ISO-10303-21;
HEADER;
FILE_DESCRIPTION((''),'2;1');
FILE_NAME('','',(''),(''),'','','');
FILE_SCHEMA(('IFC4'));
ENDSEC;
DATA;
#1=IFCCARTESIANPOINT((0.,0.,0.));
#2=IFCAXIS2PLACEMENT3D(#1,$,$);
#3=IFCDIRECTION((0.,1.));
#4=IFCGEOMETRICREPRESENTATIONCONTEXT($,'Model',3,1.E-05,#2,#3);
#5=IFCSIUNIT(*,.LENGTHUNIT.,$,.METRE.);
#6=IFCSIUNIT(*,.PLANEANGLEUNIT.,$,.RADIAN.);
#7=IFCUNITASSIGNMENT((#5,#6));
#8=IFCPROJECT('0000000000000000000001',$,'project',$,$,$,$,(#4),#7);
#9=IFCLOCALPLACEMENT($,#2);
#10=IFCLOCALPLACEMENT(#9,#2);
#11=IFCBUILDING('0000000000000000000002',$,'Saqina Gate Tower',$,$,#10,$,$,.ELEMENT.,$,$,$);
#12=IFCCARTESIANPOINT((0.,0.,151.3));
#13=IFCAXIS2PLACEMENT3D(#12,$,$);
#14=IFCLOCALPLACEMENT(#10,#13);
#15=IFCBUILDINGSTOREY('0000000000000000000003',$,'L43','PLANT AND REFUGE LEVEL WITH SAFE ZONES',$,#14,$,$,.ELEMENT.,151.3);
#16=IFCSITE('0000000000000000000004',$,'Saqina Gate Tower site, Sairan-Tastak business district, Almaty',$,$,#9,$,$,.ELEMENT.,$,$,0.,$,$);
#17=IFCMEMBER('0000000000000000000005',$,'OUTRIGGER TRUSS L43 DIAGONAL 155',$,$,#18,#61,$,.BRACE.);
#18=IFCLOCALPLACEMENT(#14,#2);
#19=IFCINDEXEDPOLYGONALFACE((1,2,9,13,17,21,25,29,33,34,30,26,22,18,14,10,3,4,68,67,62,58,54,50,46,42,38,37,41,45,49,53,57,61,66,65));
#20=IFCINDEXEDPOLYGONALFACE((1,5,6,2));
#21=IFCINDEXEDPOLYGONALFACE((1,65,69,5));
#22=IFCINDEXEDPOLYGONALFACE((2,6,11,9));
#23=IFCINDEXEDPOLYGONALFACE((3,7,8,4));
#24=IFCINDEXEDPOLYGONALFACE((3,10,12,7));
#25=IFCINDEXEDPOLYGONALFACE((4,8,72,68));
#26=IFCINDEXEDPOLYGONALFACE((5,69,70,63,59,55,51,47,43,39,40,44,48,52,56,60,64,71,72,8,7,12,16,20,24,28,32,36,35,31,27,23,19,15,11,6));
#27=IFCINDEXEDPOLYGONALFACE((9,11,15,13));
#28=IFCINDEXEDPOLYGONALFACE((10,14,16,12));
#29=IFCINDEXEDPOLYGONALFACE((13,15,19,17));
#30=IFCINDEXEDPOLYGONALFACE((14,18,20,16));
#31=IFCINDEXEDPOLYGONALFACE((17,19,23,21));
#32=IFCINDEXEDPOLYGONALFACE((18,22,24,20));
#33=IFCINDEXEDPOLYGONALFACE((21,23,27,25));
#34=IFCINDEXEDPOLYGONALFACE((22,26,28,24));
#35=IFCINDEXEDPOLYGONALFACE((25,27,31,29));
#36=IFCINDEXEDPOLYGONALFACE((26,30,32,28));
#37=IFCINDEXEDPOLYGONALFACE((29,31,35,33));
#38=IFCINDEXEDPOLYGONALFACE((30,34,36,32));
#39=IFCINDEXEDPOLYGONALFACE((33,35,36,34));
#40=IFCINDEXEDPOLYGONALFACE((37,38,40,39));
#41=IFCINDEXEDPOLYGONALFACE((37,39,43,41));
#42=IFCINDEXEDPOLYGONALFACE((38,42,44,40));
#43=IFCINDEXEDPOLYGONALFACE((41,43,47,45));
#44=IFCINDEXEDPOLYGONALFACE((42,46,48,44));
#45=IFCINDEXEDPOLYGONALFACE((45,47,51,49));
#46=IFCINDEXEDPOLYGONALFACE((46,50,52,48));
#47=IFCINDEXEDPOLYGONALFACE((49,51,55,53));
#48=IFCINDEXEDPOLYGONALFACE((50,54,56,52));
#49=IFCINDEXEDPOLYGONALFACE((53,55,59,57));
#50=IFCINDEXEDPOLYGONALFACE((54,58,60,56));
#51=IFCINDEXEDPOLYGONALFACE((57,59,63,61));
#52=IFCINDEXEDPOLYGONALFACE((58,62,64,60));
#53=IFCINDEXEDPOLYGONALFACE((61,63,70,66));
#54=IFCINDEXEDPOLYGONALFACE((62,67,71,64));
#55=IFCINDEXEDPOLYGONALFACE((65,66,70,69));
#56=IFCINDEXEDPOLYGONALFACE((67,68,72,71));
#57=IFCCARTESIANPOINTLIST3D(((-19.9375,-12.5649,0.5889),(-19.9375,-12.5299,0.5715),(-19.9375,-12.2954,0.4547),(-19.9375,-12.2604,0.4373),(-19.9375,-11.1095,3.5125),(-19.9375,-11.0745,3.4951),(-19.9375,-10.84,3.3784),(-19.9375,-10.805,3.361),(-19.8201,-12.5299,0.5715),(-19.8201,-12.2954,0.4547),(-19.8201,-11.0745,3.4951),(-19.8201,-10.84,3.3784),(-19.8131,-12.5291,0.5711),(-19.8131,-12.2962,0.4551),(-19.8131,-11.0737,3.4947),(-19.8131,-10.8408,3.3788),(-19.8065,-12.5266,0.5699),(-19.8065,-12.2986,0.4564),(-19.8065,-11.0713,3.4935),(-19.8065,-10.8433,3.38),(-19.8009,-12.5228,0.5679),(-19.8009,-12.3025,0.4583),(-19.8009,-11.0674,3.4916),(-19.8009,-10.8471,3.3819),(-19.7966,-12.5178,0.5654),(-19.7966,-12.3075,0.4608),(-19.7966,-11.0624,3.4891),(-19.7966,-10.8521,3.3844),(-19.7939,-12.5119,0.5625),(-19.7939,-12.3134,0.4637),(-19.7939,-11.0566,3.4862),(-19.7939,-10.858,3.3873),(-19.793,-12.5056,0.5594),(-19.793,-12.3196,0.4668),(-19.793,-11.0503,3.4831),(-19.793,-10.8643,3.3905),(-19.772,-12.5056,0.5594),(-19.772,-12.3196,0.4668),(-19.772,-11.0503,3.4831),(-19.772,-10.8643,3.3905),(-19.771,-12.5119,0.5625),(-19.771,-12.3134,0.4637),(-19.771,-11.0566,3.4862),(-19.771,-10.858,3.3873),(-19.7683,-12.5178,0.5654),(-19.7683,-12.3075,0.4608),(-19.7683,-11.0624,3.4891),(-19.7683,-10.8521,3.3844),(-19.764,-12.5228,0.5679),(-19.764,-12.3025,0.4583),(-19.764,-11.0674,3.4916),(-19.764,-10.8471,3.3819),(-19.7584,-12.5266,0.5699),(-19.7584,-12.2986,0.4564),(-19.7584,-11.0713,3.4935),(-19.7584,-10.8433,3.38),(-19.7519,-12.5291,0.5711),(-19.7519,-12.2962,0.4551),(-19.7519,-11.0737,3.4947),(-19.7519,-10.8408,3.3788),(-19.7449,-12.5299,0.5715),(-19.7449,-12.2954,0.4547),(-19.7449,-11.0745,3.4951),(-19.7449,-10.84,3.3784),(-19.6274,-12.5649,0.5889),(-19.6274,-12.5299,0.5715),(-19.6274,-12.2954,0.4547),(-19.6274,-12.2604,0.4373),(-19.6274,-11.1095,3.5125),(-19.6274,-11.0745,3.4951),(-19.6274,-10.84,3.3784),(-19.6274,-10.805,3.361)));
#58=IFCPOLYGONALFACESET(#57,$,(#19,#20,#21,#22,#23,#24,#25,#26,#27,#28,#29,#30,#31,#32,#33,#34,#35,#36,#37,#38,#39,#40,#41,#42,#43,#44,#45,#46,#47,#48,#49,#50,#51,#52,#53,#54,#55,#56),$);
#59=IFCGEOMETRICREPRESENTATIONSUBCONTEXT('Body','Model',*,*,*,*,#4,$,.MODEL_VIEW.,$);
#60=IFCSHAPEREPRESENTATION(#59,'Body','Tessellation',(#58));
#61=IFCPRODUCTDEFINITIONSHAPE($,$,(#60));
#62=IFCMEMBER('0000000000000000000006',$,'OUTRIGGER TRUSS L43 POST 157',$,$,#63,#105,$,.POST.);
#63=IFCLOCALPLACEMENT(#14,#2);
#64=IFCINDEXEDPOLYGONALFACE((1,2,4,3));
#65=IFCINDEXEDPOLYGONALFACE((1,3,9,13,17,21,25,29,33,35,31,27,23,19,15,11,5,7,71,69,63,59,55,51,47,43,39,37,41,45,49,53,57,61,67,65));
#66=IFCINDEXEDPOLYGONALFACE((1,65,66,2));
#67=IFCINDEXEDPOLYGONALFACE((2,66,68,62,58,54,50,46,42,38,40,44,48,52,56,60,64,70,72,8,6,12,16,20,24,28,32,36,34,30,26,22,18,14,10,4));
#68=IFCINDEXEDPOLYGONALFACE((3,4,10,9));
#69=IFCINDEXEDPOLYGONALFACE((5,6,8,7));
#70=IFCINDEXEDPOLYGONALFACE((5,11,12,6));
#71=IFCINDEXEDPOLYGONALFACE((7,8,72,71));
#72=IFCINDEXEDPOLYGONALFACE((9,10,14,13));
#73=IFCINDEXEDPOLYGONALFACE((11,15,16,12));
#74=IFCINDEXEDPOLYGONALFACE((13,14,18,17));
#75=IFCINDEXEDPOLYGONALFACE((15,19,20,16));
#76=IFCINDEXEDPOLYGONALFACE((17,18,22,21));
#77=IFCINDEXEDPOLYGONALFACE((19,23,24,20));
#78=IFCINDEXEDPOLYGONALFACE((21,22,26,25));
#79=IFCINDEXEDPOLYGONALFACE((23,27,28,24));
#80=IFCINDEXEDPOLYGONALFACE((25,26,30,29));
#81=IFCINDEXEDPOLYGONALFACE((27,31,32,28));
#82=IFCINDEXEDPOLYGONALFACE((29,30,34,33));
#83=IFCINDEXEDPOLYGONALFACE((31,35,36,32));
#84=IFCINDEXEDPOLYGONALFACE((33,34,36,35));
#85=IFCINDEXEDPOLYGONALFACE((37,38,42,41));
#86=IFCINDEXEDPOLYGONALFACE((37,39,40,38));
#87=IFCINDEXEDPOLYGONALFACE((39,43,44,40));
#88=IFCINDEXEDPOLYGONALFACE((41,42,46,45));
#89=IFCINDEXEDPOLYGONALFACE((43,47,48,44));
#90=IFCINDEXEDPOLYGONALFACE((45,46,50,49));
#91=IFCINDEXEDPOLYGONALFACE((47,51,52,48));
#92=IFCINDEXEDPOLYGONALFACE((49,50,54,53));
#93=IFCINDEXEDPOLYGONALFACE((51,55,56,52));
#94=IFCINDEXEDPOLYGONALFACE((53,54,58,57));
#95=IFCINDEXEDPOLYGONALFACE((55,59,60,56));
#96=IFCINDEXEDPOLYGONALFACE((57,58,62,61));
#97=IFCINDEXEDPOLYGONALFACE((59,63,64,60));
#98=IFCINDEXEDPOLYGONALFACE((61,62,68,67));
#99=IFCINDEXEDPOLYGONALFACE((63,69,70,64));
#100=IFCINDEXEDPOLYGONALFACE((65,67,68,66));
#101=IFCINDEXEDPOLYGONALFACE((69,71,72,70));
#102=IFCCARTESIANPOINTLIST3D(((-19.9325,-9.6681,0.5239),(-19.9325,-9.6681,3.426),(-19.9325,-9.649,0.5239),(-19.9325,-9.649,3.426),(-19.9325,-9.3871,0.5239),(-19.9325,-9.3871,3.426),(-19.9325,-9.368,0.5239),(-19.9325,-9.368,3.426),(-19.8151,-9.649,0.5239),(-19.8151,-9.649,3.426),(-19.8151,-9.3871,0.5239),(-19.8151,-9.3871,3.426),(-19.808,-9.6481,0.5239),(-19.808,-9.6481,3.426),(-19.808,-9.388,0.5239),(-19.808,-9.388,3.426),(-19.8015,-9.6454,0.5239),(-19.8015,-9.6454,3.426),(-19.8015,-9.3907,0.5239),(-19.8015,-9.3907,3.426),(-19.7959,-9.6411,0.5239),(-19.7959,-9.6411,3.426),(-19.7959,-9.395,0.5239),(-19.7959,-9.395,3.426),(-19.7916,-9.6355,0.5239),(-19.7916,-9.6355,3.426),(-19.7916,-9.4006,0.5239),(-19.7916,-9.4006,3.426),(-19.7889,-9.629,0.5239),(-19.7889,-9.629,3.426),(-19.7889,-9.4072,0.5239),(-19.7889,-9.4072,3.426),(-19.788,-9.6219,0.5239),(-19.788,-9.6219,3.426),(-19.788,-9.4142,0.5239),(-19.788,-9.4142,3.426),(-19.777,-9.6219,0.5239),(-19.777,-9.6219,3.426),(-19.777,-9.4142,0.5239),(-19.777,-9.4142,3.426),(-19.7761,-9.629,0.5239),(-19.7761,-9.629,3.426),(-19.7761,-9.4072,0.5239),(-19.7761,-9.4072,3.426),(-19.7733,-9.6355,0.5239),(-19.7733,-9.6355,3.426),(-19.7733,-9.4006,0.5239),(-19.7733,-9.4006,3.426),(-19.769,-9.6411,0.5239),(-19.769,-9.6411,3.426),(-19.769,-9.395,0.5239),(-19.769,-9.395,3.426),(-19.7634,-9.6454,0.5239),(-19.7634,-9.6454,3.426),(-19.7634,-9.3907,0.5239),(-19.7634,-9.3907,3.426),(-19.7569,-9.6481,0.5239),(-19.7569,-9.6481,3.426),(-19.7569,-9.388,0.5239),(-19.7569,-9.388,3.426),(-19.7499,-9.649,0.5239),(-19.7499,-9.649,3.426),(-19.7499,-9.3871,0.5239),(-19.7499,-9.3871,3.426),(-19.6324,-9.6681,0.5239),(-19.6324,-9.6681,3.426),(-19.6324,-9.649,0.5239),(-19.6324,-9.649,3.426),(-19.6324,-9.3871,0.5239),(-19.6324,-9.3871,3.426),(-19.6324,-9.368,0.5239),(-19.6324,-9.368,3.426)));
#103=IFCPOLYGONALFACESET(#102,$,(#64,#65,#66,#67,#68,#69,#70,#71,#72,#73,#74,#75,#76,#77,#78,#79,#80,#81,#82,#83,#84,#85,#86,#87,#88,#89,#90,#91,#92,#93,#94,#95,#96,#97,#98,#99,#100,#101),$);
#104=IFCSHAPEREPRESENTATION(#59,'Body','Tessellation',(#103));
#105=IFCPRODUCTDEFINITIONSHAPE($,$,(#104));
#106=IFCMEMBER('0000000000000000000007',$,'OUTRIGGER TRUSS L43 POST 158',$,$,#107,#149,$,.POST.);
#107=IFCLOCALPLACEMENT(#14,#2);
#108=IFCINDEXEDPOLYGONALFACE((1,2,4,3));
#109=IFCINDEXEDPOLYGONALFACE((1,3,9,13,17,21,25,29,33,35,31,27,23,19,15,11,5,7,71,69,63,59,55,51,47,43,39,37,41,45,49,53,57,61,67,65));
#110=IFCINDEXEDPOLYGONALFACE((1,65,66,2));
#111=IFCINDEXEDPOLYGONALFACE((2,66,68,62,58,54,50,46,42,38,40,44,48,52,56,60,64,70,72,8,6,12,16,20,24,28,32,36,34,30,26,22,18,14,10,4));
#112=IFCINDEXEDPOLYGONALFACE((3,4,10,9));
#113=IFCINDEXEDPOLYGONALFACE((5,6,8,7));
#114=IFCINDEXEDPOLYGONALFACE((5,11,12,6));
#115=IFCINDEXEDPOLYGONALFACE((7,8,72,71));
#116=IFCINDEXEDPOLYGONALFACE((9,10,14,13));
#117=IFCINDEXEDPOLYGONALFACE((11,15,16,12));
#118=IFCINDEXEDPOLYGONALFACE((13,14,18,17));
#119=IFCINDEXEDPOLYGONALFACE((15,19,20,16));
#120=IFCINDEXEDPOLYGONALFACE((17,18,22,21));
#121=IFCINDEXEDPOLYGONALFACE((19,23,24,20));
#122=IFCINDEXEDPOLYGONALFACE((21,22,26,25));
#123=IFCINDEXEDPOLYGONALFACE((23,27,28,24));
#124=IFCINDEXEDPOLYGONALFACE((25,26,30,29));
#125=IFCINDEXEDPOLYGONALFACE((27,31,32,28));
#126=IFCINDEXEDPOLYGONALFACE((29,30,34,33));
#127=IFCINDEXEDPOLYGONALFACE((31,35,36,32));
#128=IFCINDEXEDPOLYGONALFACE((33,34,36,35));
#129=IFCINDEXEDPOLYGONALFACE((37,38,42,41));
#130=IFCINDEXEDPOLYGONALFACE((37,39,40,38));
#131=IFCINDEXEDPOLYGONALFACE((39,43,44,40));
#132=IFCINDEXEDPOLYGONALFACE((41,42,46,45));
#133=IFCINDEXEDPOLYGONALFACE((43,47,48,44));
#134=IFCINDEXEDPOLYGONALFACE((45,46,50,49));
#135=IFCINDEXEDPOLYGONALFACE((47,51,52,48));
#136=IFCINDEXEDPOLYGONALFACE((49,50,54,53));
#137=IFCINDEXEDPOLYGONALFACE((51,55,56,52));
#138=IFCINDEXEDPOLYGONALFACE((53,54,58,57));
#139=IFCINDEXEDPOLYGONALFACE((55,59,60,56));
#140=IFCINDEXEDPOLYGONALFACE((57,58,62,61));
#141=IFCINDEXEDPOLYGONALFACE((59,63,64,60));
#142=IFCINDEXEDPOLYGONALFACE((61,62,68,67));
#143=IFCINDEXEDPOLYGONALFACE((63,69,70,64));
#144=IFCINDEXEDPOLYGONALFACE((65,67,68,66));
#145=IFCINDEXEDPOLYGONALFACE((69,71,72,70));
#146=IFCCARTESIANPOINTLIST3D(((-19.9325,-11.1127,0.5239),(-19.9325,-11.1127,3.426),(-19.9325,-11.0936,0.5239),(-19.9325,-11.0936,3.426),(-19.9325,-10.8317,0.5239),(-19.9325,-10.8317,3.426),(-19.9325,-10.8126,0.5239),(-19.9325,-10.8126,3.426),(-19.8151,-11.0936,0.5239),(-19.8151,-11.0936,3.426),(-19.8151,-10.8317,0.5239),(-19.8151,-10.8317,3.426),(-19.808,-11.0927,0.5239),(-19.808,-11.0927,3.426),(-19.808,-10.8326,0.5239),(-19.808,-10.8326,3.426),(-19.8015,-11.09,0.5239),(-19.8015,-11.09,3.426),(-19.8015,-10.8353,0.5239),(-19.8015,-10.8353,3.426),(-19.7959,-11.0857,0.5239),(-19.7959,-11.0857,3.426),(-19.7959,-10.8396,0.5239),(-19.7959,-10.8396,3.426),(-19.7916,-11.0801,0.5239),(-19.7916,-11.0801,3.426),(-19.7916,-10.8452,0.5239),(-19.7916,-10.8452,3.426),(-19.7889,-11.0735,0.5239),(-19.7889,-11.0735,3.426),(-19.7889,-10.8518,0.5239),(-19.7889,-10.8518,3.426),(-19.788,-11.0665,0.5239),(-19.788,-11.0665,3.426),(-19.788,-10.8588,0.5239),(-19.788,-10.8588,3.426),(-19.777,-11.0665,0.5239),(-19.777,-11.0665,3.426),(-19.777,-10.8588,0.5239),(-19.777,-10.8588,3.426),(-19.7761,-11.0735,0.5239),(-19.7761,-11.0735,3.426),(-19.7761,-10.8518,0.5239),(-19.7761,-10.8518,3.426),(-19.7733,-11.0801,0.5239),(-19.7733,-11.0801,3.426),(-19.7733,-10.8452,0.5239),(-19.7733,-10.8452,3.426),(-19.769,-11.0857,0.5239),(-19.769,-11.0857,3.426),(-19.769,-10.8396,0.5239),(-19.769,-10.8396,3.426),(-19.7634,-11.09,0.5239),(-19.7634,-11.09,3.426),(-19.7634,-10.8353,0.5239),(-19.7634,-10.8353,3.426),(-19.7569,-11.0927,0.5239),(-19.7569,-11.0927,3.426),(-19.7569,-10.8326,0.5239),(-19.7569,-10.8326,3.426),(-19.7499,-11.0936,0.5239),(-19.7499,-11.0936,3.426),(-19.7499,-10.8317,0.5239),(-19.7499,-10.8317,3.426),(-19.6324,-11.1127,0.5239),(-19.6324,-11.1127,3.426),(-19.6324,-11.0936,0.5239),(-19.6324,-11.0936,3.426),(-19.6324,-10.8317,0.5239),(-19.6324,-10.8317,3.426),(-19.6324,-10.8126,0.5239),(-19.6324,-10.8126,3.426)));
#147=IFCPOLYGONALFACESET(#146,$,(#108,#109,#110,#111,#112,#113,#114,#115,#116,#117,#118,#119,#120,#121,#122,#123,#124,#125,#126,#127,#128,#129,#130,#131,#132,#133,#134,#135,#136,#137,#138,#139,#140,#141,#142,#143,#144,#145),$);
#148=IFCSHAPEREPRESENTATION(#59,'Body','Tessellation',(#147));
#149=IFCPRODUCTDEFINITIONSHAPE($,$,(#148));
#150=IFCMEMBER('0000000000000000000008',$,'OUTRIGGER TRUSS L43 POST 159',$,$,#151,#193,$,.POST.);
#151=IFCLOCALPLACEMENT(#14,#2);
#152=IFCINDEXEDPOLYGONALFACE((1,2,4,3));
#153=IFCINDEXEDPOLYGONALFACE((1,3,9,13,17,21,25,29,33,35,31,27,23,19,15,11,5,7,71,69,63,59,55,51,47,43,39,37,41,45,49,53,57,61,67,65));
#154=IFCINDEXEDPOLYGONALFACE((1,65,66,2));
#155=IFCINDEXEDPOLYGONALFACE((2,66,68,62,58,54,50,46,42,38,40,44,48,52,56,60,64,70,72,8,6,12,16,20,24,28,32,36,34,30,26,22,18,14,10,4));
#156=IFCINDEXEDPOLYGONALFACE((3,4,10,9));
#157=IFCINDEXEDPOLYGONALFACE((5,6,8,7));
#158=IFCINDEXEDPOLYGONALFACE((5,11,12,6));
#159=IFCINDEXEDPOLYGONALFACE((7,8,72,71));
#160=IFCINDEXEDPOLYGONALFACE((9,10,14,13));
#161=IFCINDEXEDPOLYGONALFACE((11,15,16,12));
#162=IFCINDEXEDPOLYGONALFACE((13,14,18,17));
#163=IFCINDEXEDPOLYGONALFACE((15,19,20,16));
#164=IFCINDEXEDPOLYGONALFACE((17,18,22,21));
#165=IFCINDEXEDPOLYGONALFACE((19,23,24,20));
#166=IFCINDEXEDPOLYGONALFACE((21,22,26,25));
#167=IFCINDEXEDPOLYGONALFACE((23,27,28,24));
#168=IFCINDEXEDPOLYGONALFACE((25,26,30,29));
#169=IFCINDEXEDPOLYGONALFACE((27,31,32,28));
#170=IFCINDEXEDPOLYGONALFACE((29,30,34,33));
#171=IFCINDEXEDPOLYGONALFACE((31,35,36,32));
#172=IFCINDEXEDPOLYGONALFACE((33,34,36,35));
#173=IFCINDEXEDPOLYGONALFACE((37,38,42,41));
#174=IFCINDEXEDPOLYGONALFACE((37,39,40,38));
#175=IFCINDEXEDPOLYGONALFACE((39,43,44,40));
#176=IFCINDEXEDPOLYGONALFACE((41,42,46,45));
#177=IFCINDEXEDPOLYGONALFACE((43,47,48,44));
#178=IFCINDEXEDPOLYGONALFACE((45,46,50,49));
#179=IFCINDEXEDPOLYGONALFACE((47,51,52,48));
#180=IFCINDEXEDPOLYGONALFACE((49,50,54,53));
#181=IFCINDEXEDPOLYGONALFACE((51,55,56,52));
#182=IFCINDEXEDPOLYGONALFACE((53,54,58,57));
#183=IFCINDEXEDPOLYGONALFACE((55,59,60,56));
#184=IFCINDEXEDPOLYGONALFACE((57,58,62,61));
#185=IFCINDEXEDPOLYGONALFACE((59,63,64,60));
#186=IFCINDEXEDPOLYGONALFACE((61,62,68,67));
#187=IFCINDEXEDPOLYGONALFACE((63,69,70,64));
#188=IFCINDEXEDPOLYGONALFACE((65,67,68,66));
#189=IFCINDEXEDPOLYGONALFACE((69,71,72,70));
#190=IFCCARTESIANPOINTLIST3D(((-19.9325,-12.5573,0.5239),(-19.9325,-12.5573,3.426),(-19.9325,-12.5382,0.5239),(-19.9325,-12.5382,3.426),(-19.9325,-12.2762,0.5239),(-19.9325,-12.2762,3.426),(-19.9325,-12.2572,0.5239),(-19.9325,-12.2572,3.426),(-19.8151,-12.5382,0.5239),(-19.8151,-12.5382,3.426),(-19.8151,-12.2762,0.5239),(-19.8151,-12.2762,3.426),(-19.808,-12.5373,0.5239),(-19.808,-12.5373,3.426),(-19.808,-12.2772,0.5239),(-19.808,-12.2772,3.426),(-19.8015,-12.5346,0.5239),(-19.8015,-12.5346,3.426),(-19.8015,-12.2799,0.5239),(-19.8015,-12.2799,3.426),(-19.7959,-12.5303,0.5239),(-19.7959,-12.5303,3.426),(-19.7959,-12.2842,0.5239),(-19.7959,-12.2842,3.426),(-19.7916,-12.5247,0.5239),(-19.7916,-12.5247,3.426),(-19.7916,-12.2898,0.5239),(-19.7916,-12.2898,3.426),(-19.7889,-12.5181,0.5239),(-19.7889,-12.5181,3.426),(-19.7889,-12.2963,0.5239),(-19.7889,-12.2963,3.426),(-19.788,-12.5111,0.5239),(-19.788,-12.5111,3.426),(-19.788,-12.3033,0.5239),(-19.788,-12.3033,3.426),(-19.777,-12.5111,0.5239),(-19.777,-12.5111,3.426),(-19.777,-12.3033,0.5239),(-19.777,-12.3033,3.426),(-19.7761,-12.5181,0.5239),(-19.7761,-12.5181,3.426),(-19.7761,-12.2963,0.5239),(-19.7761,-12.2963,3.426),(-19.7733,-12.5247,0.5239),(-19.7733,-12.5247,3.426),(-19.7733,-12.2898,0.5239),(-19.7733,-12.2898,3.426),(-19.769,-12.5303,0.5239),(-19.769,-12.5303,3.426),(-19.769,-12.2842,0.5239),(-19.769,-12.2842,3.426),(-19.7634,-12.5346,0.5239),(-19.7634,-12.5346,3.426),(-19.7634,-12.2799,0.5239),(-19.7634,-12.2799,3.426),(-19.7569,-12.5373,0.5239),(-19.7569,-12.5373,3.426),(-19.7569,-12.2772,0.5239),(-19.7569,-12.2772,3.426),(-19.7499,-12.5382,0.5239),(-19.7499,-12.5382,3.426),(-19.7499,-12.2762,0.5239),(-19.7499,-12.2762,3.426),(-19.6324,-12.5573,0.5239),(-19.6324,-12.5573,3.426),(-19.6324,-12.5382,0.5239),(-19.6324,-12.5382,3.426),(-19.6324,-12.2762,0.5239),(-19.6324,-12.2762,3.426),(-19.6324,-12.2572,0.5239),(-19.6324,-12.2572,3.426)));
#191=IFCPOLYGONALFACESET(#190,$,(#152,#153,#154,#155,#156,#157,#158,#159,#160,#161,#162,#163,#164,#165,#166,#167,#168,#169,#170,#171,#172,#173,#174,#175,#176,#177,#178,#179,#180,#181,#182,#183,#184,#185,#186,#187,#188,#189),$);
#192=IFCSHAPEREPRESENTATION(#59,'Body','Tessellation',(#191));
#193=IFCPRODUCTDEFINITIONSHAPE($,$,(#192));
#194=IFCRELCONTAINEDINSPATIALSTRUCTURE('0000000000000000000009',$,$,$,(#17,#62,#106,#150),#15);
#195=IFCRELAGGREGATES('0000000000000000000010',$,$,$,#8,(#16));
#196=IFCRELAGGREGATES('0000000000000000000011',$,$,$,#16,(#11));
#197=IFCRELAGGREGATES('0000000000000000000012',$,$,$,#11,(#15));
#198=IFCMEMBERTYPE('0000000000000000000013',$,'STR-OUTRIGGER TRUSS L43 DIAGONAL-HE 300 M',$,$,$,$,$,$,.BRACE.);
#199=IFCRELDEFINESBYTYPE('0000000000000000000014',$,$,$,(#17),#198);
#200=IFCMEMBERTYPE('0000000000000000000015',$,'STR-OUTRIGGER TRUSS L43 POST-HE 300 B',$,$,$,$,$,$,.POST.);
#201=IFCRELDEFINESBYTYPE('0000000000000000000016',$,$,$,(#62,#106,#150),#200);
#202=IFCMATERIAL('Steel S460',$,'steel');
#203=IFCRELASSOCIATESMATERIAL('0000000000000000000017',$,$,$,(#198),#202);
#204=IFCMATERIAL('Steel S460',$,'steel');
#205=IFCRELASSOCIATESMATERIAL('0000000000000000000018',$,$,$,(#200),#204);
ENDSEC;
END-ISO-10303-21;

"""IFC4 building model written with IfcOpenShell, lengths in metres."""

from ifc_helpers import new_model, si_unit, direction, frame, origin, origin_2d, place, context, subcontext, project, spatial, i_section, extrude, material, material_profile, profile_set, type_object, element, save


model = new_model("IFC4")

# Units and contexts
model_context = context("Model", 3, precision=1e-05, world=origin(), true_north=direction((0.0, 1.0)))
body_context = subcontext(model_context, "Body", "Model", "MODEL_VIEW")
ifc_project = project(units=[si_unit("LENGTHUNIT", "METRE"), si_unit("PLANEANGLEUNIT", "RADIAN")], contexts=[model_context])

# Site, building, storey
site_placement = place(None, origin())
site = spatial("IfcSite", under=ifc_project, at=site_placement, Name="Saqina Gate Tower site, Sairan-Tastak business district, Almaty", CompositionType="ELEMENT", RefElevation=0.0)
building_placement = place(site_placement, origin())
building = spatial("IfcBuilding", under=site, at=building_placement, Name="Saqina Gate Tower", CompositionType="ELEMENT")
storey_placement = place(building_placement, frame((0.0, 0.0, 151.3)))
storey = spatial("IfcBuildingStorey", under=building, at=storey_placement, Name="L43", Description="PLANT AND REFUGE LEVEL WITH SAFE ZONES", CompositionType="ELEMENT", Elevation=151.3)

# Members
ifc_material_1 = material(Name="Steel S460", Category="steel")
ifc_material_profile_1 = material_profile(ifc_material_1, i_section(OverallWidth=0.3101, OverallDepth=0.3401, WebThickness=0.021, FlangeThickness=0.0391, FilletRadius=0.0271, at=origin_2d()), Name="HE 300 M")
ifc_profile_set_1 = profile_set([ifc_material_profile_1], Name="Steel S460")
member_type_1 = type_object("IfcMemberType", Name="STR-OUTRIGGER TRUSS L43 DIAGONAL-HE 300 M", PredefinedType="BRACE", material=ifc_profile_set_1)
member_1_placement = place(storey_placement, frame((-19.7825, -10.9573, 3.4368), z_axis=(0.0, -0.445628, -0.895218), x_axis=(1.0, 0.0, 0.0)))
element("IfcMember", 1, at=member_1_placement, inside=storey, type_object=member_type_1, Name="OUTRIGGER TRUSS L43 DIAGONAL 155", PredefinedType="BRACE", context=body_context, shape_type="SweptSolid", body=[
    extrude(i_section(OverallWidth=0.3101, OverallDepth=0.3401, WebThickness=0.021, FlangeThickness=0.0391, FilletRadius=0.0271, at=origin_2d()), origin(), (0.0, 0.0, 1.0), 3.2659),
])
ifc_material_2 = material(Name="Steel S460", Category="steel")
ifc_material_profile_2 = material_profile(ifc_material_2, i_section(OverallWidth=0.3, OverallDepth=0.3, WebThickness=0.011, FlangeThickness=0.019, FilletRadius=0.0271, at=origin_2d()), Name="HE 300 B")
ifc_profile_set_2 = profile_set([ifc_material_profile_2], Name="Steel S460")
member_type_2 = type_object("IfcMemberType", Name="STR-OUTRIGGER TRUSS L43 POST-HE 300 B", PredefinedType="POST", material=ifc_profile_set_2)
for number, where, z_axis, x_axis, name in (
    (2, (-19.7825, -9.5181, 0.5239), (0.0, 0.0, 1.0), (1.0, 0.0, 0.0), "OUTRIGGER TRUSS L43 POST 157"),
    (3, (-19.7825, -10.9626, 0.5239), (0.0, 0.0, 1.0), (1.0, 0.0, 0.0), "OUTRIGGER TRUSS L43 POST 158"),
    (4, (-19.7825, -12.4072, 0.5239), (0.0, 0.0, 1.0), (1.0, 0.0, 0.0), "OUTRIGGER TRUSS L43 POST 159"),
):
    element("IfcMember", number, at=place(storey_placement, frame(where, z_axis=z_axis, x_axis=x_axis)), inside=storey, type_object=member_type_2, Name=name, PredefinedType="POST", context=body_context, shape_type="SweptSolid", body=[
        extrude(i_section(OverallWidth=0.3, OverallDepth=0.3, WebThickness=0.011, FlangeThickness=0.019, FilletRadius=0.0271, at=origin_2d()), origin(), (0.0, 0.0, 1.0), 2.9021),
    ])

save(model, "model.ifc")
